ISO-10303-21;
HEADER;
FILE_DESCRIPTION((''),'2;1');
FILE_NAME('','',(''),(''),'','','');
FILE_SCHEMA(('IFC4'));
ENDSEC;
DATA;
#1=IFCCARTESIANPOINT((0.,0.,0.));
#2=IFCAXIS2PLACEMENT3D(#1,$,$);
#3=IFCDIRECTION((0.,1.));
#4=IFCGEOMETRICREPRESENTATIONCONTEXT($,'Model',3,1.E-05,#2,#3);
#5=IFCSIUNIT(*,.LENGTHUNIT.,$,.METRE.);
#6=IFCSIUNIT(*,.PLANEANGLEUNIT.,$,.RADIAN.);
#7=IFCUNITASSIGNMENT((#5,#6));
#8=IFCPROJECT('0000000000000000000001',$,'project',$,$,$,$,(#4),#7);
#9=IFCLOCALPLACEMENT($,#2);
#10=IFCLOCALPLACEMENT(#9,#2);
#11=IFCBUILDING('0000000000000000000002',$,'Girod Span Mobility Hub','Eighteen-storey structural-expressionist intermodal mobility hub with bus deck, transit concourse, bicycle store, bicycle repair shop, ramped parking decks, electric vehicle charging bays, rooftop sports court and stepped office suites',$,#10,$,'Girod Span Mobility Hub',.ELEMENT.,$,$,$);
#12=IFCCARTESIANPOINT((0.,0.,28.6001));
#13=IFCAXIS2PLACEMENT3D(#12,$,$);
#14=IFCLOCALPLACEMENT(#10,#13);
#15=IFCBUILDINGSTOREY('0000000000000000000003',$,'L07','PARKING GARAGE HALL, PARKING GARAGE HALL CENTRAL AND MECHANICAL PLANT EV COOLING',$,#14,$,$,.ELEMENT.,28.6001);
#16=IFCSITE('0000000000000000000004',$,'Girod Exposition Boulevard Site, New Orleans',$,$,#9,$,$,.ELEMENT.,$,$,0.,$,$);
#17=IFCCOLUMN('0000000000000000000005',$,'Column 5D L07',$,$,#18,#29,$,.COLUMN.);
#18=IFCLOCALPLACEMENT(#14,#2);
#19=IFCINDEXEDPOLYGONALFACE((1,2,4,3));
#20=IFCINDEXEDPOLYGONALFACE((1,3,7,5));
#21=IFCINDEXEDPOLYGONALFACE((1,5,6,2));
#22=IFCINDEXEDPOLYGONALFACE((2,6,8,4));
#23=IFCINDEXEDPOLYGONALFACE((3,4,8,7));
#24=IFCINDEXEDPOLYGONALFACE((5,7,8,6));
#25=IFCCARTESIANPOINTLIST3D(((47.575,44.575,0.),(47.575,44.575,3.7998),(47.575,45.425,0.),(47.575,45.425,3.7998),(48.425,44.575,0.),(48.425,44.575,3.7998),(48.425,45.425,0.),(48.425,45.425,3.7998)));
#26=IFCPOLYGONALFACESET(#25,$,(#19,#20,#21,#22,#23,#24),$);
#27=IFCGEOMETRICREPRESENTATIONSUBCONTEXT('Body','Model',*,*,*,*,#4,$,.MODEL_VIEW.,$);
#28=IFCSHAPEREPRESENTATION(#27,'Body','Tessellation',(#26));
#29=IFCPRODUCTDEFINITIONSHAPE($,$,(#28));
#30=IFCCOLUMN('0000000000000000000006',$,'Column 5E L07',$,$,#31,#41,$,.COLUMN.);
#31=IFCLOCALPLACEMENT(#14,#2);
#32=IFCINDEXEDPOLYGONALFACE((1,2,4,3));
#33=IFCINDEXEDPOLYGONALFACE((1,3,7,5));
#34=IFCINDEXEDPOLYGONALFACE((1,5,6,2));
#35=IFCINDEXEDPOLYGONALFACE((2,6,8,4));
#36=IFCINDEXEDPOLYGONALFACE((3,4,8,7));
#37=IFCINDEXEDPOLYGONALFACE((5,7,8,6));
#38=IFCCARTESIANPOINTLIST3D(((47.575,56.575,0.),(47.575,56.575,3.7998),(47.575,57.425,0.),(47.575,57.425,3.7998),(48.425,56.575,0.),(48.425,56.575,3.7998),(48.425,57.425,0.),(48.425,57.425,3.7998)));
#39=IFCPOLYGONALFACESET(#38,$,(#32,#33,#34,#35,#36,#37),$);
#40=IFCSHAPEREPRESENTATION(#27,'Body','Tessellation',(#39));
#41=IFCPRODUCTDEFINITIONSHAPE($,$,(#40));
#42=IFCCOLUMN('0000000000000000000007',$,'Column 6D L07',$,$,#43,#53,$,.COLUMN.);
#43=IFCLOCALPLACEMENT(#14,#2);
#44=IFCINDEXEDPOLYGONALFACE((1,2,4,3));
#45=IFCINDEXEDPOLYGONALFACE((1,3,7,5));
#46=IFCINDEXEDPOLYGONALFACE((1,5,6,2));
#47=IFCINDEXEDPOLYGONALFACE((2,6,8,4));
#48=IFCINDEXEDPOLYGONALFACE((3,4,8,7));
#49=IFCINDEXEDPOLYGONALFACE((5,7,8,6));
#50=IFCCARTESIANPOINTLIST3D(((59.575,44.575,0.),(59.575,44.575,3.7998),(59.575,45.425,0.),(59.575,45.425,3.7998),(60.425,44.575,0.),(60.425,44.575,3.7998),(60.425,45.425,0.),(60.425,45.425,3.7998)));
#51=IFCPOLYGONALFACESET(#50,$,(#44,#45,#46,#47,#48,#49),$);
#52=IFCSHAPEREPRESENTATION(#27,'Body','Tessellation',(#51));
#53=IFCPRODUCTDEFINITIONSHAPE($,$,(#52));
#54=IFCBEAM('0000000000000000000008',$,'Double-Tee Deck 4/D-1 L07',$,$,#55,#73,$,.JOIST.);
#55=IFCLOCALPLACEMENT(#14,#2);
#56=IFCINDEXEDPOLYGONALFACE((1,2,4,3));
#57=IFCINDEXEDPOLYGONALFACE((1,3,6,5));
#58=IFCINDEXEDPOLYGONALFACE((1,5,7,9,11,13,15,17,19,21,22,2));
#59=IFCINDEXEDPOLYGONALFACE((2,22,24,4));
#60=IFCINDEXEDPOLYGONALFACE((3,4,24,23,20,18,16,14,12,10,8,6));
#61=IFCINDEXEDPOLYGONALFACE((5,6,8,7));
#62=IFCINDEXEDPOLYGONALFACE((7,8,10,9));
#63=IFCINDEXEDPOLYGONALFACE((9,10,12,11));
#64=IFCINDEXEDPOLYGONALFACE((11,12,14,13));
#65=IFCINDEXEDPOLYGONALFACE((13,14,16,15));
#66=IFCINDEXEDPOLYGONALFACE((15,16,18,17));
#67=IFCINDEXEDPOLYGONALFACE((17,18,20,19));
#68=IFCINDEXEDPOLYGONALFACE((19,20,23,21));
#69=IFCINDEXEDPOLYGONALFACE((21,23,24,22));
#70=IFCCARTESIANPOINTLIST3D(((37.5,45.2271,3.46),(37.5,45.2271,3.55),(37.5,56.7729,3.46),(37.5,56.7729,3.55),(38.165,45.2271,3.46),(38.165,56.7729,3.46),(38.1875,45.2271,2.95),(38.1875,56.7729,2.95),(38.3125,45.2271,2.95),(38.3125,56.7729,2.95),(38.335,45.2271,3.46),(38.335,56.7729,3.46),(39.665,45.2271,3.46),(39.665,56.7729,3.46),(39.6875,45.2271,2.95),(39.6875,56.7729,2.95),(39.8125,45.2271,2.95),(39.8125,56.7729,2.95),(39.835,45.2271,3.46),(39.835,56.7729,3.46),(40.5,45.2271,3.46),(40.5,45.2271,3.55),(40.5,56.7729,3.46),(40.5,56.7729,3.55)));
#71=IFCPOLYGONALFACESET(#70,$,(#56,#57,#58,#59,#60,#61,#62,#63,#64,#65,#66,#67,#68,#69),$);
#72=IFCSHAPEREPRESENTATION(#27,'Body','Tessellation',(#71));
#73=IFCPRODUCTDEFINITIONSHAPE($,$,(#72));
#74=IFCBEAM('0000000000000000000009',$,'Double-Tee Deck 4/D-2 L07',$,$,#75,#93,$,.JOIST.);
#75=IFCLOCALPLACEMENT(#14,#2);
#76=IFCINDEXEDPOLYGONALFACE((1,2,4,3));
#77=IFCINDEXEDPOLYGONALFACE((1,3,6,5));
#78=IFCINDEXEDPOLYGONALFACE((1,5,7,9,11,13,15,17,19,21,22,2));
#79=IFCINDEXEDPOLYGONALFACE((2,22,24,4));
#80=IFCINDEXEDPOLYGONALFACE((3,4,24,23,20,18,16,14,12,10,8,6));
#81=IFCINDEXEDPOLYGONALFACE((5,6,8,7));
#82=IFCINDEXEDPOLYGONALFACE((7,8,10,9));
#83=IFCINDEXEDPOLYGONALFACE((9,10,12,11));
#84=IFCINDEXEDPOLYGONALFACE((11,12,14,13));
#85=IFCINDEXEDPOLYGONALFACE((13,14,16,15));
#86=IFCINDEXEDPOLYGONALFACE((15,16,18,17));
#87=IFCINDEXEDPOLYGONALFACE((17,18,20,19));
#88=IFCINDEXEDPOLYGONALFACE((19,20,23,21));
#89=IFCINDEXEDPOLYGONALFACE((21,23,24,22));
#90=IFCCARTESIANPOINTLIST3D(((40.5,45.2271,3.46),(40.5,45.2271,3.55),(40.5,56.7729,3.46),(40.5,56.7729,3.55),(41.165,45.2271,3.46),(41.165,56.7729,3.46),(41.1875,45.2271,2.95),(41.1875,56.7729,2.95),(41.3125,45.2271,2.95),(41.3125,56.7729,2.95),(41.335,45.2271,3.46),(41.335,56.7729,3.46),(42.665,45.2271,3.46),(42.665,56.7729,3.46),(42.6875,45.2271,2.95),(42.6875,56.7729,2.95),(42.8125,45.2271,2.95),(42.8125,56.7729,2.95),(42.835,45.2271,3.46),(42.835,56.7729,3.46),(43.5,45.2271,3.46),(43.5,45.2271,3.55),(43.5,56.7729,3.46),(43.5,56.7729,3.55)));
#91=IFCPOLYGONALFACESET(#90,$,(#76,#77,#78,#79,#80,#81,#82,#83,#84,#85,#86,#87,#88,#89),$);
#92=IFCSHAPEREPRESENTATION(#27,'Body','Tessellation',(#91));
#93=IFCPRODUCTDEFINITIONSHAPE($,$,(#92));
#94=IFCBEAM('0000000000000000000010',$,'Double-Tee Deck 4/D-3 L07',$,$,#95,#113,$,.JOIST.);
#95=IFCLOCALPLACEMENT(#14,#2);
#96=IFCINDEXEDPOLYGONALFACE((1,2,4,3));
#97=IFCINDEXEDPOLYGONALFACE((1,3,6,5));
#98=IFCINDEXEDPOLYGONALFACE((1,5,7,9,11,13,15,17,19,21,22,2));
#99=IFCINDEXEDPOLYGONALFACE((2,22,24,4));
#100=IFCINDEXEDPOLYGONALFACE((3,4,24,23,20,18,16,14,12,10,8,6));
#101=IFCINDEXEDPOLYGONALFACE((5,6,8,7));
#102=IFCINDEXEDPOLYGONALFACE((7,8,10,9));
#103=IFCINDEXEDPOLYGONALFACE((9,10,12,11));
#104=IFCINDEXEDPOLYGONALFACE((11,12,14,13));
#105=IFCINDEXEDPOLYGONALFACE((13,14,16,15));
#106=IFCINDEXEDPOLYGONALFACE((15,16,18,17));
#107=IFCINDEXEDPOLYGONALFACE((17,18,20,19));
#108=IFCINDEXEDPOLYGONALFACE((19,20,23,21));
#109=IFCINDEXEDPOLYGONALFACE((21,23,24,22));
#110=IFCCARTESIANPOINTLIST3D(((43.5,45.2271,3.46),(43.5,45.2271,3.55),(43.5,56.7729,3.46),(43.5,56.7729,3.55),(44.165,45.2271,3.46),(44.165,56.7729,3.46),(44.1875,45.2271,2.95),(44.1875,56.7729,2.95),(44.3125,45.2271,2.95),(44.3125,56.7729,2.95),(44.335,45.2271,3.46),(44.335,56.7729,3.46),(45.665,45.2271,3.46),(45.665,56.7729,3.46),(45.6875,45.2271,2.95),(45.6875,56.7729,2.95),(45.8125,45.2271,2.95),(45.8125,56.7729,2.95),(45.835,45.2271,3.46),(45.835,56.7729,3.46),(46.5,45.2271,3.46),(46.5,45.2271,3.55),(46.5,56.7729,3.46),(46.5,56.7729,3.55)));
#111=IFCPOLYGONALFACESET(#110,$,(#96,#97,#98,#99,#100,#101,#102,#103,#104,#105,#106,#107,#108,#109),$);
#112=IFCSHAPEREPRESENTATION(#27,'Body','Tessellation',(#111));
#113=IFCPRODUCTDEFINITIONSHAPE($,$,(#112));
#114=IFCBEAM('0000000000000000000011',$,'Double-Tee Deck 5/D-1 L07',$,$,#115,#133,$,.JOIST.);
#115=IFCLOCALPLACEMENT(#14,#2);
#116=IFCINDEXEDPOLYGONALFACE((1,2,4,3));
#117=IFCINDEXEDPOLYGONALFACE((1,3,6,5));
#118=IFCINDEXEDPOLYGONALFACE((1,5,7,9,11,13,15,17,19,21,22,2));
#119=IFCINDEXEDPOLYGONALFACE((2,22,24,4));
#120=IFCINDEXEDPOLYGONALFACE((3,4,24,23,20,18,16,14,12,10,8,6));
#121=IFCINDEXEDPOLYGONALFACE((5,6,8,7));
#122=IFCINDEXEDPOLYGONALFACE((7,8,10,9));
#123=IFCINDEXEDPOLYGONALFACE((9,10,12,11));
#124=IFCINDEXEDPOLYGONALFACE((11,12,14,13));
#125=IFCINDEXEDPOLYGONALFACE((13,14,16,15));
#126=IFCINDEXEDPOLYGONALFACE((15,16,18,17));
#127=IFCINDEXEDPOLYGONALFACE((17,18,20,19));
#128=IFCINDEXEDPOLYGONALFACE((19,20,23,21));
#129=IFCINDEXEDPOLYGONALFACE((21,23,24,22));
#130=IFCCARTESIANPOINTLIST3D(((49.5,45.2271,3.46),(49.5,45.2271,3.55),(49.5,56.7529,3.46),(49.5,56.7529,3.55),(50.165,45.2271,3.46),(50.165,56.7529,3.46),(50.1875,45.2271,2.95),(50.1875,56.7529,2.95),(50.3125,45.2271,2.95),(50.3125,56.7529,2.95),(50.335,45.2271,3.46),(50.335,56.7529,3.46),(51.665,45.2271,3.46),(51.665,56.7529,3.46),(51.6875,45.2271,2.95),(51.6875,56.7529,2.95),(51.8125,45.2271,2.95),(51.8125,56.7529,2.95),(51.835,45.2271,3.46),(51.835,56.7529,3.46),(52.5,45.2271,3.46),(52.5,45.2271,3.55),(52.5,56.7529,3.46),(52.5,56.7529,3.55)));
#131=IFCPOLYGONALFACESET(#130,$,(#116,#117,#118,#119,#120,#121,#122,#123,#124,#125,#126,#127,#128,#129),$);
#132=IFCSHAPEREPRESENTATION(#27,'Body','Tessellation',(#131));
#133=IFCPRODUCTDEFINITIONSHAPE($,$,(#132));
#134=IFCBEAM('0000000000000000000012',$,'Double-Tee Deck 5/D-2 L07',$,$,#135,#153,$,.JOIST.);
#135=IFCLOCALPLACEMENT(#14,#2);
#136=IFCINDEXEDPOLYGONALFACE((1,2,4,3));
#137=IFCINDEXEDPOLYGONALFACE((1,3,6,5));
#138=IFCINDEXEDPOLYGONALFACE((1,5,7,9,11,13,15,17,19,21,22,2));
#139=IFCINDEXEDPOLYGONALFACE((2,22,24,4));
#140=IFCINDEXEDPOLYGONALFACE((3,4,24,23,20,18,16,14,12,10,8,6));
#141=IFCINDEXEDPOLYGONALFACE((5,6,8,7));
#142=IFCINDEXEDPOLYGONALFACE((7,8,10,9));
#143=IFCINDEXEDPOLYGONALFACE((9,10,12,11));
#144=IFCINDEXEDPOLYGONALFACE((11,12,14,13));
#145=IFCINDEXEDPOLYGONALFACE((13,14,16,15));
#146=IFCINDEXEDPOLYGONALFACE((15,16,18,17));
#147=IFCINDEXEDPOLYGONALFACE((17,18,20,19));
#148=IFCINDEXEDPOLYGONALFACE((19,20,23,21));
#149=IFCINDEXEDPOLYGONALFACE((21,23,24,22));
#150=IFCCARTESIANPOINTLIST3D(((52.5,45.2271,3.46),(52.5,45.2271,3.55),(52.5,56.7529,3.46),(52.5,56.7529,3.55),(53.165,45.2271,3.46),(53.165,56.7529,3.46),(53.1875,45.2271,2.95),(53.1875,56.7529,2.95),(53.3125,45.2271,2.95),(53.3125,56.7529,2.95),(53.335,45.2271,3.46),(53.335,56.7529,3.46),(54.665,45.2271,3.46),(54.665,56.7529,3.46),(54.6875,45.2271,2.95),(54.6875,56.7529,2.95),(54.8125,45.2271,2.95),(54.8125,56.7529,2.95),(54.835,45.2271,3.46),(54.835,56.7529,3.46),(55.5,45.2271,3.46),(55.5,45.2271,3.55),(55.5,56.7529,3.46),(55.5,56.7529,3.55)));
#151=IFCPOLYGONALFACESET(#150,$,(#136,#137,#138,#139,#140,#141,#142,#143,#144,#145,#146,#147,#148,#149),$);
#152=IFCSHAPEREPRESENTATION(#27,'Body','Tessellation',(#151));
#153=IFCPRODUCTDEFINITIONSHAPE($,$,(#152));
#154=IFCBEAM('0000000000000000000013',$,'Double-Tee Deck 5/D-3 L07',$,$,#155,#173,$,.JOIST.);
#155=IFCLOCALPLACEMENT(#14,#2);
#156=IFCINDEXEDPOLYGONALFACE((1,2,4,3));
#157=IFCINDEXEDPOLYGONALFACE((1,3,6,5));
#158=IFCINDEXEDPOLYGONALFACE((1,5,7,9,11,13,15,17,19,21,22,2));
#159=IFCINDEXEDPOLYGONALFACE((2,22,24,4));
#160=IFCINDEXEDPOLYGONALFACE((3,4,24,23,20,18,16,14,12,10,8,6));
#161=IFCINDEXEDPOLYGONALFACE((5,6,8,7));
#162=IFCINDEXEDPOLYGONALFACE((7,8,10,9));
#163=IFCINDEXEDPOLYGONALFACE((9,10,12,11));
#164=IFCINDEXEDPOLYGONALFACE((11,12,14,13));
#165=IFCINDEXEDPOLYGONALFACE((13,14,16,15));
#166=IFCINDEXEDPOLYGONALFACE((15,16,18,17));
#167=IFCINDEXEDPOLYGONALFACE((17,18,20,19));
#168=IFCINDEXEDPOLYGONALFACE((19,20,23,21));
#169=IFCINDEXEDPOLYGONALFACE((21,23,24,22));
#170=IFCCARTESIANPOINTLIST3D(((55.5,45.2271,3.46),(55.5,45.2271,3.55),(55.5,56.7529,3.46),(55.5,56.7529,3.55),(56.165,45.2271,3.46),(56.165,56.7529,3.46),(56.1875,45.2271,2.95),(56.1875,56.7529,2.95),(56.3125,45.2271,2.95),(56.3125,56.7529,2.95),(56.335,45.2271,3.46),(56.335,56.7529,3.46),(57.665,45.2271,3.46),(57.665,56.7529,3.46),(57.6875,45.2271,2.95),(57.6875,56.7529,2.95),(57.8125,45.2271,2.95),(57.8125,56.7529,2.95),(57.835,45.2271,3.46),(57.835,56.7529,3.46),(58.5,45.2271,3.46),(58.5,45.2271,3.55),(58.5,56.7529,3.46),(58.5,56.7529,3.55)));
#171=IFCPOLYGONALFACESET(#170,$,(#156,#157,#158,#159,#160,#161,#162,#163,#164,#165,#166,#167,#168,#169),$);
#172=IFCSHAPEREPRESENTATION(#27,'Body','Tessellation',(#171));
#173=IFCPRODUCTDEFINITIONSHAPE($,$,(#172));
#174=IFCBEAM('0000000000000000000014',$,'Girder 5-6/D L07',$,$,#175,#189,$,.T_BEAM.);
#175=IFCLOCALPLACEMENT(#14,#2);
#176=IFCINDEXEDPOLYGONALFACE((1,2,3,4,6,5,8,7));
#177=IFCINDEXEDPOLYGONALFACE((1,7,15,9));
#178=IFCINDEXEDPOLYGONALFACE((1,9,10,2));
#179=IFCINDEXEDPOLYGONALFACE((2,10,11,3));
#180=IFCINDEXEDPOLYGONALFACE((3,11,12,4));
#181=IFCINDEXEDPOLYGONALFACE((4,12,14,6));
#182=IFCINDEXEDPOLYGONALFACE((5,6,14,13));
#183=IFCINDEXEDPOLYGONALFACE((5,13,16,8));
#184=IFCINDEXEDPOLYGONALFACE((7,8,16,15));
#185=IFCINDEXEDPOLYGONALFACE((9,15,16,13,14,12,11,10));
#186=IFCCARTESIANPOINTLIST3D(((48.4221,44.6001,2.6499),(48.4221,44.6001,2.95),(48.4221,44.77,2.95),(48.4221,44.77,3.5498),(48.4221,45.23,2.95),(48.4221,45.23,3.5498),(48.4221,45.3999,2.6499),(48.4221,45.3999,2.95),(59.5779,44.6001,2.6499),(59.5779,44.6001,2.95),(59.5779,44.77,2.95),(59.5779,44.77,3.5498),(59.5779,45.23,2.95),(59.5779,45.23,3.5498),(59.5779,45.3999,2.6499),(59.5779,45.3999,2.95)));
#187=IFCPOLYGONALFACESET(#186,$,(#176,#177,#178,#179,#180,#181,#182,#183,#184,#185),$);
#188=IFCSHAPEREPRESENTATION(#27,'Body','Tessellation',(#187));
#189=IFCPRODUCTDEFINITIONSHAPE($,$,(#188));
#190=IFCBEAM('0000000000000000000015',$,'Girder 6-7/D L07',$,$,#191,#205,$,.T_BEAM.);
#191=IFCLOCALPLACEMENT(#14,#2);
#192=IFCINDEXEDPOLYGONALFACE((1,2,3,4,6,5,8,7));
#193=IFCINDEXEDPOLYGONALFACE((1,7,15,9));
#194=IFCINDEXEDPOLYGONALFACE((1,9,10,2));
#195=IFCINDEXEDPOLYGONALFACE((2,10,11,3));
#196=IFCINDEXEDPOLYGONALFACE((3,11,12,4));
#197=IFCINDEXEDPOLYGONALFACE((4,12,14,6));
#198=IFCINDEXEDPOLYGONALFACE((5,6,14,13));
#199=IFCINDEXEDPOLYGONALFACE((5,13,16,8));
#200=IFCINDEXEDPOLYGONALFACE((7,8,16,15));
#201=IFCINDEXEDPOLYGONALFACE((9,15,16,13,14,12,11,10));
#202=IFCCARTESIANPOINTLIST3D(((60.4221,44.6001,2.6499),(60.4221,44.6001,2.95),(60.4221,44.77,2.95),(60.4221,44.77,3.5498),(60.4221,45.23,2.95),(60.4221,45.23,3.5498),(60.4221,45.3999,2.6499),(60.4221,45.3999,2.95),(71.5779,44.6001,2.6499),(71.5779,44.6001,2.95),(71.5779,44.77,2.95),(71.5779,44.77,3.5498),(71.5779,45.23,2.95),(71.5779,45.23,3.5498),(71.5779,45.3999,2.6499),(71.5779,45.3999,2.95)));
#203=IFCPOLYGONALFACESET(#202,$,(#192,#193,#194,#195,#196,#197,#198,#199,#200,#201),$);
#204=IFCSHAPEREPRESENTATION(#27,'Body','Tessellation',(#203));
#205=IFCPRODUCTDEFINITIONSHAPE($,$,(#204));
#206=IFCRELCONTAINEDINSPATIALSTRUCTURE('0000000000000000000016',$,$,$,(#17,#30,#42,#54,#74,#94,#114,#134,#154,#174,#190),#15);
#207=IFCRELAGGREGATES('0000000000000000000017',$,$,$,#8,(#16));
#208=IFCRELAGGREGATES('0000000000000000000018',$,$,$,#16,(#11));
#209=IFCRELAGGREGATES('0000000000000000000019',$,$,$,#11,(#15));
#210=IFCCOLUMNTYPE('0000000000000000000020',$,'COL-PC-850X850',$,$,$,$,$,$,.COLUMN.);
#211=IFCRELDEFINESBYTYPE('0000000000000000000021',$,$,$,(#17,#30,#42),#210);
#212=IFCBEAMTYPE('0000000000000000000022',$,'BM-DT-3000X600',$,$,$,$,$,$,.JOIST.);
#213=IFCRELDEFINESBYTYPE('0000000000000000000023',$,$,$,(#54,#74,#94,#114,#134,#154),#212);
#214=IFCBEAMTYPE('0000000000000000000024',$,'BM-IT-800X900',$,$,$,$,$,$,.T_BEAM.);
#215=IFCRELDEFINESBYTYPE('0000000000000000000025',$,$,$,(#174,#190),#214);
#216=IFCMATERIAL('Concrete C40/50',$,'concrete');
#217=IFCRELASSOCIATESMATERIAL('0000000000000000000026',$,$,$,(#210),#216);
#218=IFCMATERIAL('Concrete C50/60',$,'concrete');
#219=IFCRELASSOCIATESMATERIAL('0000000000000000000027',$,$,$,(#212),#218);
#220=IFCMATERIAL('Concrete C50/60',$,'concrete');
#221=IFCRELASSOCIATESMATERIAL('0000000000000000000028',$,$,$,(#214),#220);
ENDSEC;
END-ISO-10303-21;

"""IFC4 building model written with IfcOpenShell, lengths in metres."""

from ifc_helpers import new_model, si_unit, direction, frame, origin, origin_2d, place, context, subcontext, project, spatial, polyline, rectangle, outline, extrude, material, material_profile, profile_set, type_object, element, save


model = new_model("IFC4")

# Units and contexts
model_context = context("Model", 3, precision=1e-05, world=origin(), true_north=direction((0.0, 1.0)))
body_context = subcontext(model_context, "Body", "Model", "MODEL_VIEW")
ifc_project = project(units=[si_unit("LENGTHUNIT", "METRE"), si_unit("PLANEANGLEUNIT", "RADIAN")], contexts=[model_context])

# Site, building, storey
site_placement = place(None, origin())
site = spatial("IfcSite", under=ifc_project, at=site_placement, Name="Girod Exposition Boulevard Site, New Orleans", CompositionType="ELEMENT", RefElevation=0.0)
building_placement = place(site_placement, origin())
building = spatial("IfcBuilding", under=site, at=building_placement, Name="Girod Span Mobility Hub", Description="Eighteen-storey structural-expressionist intermodal mobility hub with bus deck, transit concourse, bicycle store, bicycle repair shop, ramped parking decks, electric vehicle charging bays, rooftop sports court and stepped office suites", LongName="Girod Span Mobility Hub", CompositionType="ELEMENT")
storey_placement = place(building_placement, frame((0.0, 0.0, 28.6001)))
storey = spatial("IfcBuildingStorey", under=building, at=storey_placement, Name="L07", Description="PARKING GARAGE HALL, PARKING GARAGE HALL CENTRAL AND MECHANICAL PLANT EV COOLING", CompositionType="ELEMENT", Elevation=28.6001)

# Columns
ifc_material_1 = material(Name="Concrete C40/50", Category="concrete")
ifc_material_profile_1 = material_profile(ifc_material_1, rectangle(XDim=0.8501, YDim=0.8501, at=origin_2d()), Name="PC-COL-850X850")
ifc_profile_set_1 = profile_set([ifc_material_profile_1], Name="Concrete C40/50")
column_type = type_object("IfcColumnType", Name="COL-PC-850X850", PredefinedType="COLUMN", material=ifc_profile_set_1)
for number, where, z_axis, x_axis, name in (
    (1, (48.0, 45.0, 0.0), (0.0, 0.0, 1.0), (1.0, 0.0, 0.0), "Column 5D L07"),
    (2, (48.0, 57.0, 0.0), (0.0, 0.0, 1.0), (1.0, 0.0, 0.0), "Column 5E L07"),
    (3, (60.0, 45.0, 0.0), (0.0, 0.0, 1.0), (1.0, 0.0, 0.0), "Column 6D L07"),
):
    element("IfcColumn", number, at=place(storey_placement, frame(where, z_axis=z_axis, x_axis=x_axis)), inside=storey, type_object=column_type, Name=name, PredefinedType="COLUMN", context=body_context, shape_type="SweptSolid", body=[
        extrude(rectangle(XDim=0.8501, YDim=0.8501, at=origin_2d()), origin(), (0.0, 0.0, 1.0), 3.7998),
    ])

# Beams
ifc_material_2 = material(Name="Concrete C50/60", Category="concrete")
ifc_material_profile_2 = material_profile(ifc_material_2, outline(polyline([(-1.5, 0.3), (-1.5, 0.21), (-0.835, 0.21), (-0.8125, -0.3), (-0.6875, -0.3), (-0.665, 0.21), (0.665, 0.21), (0.6875, -0.3), (0.8125, -0.3), (0.835, 0.21), (1.5, 0.21), (1.5, 0.3), (-1.5, 0.3)])), Name="DT-3000X600")
ifc_profile_set_2 = profile_set([ifc_material_profile_2], Name="Concrete C50/60")
beam_type_1 = type_object("IfcBeamType", Name="BM-DT-3000X600", PredefinedType="JOIST", material=ifc_profile_set_2)
for number, where, z_axis, x_axis, name in (
    (4, (39.0, 45.2271, 3.25), (0.0, 1.0, 0.0), (-1.0, 0.0, 0.0), "Double-Tee Deck 4/D-1 L07"),
    (5, (42.0, 45.2271, 3.25), (0.0, 1.0, 0.0), (-1.0, 0.0, 0.0), "Double-Tee Deck 4/D-2 L07"),
    (6, (45.0, 45.2271, 3.25), (0.0, 1.0, 0.0), (-1.0, 0.0, 0.0), "Double-Tee Deck 4/D-3 L07"),
):
    element("IfcBeam", number, at=place(storey_placement, frame(where, z_axis=z_axis, x_axis=x_axis)), inside=storey, type_object=beam_type_1, Name=name, PredefinedType="JOIST", context=body_context, shape_type="SweptSolid", body=[
        extrude(outline(polyline([(-1.5, 0.3), (-1.5, 0.21), (-0.835, 0.21), (-0.8125, -0.3), (-0.6875, -0.3), (-0.665, 0.21), (0.665, 0.21), (0.6875, -0.3), (0.8125, -0.3), (0.835, 0.21), (1.5, 0.21), (1.5, 0.3), (-1.5, 0.3)])), origin(), (0.0, 0.0, 1.0), 11.5459),
    ])
for number, where, z_axis, x_axis, name in (
    (7, (51.0, 45.2271, 3.25), (0.0, 1.0, 0.0), (-1.0, 0.0, 0.0), "Double-Tee Deck 5/D-1 L07"),
    (8, (54.0, 45.2271, 3.25), (0.0, 1.0, 0.0), (-1.0, 0.0, 0.0), "Double-Tee Deck 5/D-2 L07"),
    (9, (57.0, 45.2271, 3.25), (0.0, 1.0, 0.0), (-1.0, 0.0, 0.0), "Double-Tee Deck 5/D-3 L07"),
):
    element("IfcBeam", number, at=place(storey_placement, frame(where, z_axis=z_axis, x_axis=x_axis)), inside=storey, type_object=beam_type_1, Name=name, PredefinedType="JOIST", context=body_context, shape_type="SweptSolid", body=[
        extrude(outline(polyline([(-1.5, 0.3), (-1.5, 0.21), (-0.835, 0.21), (-0.8125, -0.3), (-0.6875, -0.3), (-0.665, 0.21), (0.665, 0.21), (0.6875, -0.3), (0.8125, -0.3), (0.835, 0.21), (1.5, 0.21), (1.5, 0.3), (-1.5, 0.3)])), origin(), (0.0, 0.0, 1.0), 11.5259),
    ])
ifc_material_3 = material(Name="Concrete C50/60", Category="concrete")
ifc_material_profile_3 = material_profile(ifc_material_3, outline(polyline([(-0.3999, -0.45), (0.3999, -0.45), (0.3999, -0.1499), (0.23, -0.1499), (0.23, 0.45), (-0.23, 0.45), (-0.23, -0.1499), (-0.3999, -0.1499), (-0.3999, -0.45)])), Name="IT-800X900")
ifc_profile_set_3 = profile_set([ifc_material_profile_3], Name="Concrete C50/60")
beam_type_2 = type_object("IfcBeamType", Name="BM-IT-800X900", PredefinedType="T_BEAM", material=ifc_profile_set_3)
for number, where, z_axis, x_axis, name in (
    (10, (48.4221, 45.0, 3.0999), (1.0, 0.0, 0.0), (0.0, 1.0, 0.0), "Girder 5-6/D L07"),
    (11, (60.4221, 45.0, 3.0999), (1.0, 0.0, 0.0), (0.0, 1.0, 0.0), "Girder 6-7/D L07"),
):
    element("IfcBeam", number, at=place(storey_placement, frame(where, z_axis=z_axis, x_axis=x_axis)), inside=storey, type_object=beam_type_2, Name=name, PredefinedType="T_BEAM", context=body_context, shape_type="SweptSolid", body=[
        extrude(outline(polyline([(-0.3999, -0.45), (0.3999, -0.45), (0.3999, -0.1499), (0.23, -0.1499), (0.23, 0.45), (-0.23, 0.45), (-0.23, -0.1499), (-0.3999, -0.1499), (-0.3999, -0.45)])), origin(), (0.0, 0.0, 1.0), 11.1558),
    ])

save(model, "model.ifc")
